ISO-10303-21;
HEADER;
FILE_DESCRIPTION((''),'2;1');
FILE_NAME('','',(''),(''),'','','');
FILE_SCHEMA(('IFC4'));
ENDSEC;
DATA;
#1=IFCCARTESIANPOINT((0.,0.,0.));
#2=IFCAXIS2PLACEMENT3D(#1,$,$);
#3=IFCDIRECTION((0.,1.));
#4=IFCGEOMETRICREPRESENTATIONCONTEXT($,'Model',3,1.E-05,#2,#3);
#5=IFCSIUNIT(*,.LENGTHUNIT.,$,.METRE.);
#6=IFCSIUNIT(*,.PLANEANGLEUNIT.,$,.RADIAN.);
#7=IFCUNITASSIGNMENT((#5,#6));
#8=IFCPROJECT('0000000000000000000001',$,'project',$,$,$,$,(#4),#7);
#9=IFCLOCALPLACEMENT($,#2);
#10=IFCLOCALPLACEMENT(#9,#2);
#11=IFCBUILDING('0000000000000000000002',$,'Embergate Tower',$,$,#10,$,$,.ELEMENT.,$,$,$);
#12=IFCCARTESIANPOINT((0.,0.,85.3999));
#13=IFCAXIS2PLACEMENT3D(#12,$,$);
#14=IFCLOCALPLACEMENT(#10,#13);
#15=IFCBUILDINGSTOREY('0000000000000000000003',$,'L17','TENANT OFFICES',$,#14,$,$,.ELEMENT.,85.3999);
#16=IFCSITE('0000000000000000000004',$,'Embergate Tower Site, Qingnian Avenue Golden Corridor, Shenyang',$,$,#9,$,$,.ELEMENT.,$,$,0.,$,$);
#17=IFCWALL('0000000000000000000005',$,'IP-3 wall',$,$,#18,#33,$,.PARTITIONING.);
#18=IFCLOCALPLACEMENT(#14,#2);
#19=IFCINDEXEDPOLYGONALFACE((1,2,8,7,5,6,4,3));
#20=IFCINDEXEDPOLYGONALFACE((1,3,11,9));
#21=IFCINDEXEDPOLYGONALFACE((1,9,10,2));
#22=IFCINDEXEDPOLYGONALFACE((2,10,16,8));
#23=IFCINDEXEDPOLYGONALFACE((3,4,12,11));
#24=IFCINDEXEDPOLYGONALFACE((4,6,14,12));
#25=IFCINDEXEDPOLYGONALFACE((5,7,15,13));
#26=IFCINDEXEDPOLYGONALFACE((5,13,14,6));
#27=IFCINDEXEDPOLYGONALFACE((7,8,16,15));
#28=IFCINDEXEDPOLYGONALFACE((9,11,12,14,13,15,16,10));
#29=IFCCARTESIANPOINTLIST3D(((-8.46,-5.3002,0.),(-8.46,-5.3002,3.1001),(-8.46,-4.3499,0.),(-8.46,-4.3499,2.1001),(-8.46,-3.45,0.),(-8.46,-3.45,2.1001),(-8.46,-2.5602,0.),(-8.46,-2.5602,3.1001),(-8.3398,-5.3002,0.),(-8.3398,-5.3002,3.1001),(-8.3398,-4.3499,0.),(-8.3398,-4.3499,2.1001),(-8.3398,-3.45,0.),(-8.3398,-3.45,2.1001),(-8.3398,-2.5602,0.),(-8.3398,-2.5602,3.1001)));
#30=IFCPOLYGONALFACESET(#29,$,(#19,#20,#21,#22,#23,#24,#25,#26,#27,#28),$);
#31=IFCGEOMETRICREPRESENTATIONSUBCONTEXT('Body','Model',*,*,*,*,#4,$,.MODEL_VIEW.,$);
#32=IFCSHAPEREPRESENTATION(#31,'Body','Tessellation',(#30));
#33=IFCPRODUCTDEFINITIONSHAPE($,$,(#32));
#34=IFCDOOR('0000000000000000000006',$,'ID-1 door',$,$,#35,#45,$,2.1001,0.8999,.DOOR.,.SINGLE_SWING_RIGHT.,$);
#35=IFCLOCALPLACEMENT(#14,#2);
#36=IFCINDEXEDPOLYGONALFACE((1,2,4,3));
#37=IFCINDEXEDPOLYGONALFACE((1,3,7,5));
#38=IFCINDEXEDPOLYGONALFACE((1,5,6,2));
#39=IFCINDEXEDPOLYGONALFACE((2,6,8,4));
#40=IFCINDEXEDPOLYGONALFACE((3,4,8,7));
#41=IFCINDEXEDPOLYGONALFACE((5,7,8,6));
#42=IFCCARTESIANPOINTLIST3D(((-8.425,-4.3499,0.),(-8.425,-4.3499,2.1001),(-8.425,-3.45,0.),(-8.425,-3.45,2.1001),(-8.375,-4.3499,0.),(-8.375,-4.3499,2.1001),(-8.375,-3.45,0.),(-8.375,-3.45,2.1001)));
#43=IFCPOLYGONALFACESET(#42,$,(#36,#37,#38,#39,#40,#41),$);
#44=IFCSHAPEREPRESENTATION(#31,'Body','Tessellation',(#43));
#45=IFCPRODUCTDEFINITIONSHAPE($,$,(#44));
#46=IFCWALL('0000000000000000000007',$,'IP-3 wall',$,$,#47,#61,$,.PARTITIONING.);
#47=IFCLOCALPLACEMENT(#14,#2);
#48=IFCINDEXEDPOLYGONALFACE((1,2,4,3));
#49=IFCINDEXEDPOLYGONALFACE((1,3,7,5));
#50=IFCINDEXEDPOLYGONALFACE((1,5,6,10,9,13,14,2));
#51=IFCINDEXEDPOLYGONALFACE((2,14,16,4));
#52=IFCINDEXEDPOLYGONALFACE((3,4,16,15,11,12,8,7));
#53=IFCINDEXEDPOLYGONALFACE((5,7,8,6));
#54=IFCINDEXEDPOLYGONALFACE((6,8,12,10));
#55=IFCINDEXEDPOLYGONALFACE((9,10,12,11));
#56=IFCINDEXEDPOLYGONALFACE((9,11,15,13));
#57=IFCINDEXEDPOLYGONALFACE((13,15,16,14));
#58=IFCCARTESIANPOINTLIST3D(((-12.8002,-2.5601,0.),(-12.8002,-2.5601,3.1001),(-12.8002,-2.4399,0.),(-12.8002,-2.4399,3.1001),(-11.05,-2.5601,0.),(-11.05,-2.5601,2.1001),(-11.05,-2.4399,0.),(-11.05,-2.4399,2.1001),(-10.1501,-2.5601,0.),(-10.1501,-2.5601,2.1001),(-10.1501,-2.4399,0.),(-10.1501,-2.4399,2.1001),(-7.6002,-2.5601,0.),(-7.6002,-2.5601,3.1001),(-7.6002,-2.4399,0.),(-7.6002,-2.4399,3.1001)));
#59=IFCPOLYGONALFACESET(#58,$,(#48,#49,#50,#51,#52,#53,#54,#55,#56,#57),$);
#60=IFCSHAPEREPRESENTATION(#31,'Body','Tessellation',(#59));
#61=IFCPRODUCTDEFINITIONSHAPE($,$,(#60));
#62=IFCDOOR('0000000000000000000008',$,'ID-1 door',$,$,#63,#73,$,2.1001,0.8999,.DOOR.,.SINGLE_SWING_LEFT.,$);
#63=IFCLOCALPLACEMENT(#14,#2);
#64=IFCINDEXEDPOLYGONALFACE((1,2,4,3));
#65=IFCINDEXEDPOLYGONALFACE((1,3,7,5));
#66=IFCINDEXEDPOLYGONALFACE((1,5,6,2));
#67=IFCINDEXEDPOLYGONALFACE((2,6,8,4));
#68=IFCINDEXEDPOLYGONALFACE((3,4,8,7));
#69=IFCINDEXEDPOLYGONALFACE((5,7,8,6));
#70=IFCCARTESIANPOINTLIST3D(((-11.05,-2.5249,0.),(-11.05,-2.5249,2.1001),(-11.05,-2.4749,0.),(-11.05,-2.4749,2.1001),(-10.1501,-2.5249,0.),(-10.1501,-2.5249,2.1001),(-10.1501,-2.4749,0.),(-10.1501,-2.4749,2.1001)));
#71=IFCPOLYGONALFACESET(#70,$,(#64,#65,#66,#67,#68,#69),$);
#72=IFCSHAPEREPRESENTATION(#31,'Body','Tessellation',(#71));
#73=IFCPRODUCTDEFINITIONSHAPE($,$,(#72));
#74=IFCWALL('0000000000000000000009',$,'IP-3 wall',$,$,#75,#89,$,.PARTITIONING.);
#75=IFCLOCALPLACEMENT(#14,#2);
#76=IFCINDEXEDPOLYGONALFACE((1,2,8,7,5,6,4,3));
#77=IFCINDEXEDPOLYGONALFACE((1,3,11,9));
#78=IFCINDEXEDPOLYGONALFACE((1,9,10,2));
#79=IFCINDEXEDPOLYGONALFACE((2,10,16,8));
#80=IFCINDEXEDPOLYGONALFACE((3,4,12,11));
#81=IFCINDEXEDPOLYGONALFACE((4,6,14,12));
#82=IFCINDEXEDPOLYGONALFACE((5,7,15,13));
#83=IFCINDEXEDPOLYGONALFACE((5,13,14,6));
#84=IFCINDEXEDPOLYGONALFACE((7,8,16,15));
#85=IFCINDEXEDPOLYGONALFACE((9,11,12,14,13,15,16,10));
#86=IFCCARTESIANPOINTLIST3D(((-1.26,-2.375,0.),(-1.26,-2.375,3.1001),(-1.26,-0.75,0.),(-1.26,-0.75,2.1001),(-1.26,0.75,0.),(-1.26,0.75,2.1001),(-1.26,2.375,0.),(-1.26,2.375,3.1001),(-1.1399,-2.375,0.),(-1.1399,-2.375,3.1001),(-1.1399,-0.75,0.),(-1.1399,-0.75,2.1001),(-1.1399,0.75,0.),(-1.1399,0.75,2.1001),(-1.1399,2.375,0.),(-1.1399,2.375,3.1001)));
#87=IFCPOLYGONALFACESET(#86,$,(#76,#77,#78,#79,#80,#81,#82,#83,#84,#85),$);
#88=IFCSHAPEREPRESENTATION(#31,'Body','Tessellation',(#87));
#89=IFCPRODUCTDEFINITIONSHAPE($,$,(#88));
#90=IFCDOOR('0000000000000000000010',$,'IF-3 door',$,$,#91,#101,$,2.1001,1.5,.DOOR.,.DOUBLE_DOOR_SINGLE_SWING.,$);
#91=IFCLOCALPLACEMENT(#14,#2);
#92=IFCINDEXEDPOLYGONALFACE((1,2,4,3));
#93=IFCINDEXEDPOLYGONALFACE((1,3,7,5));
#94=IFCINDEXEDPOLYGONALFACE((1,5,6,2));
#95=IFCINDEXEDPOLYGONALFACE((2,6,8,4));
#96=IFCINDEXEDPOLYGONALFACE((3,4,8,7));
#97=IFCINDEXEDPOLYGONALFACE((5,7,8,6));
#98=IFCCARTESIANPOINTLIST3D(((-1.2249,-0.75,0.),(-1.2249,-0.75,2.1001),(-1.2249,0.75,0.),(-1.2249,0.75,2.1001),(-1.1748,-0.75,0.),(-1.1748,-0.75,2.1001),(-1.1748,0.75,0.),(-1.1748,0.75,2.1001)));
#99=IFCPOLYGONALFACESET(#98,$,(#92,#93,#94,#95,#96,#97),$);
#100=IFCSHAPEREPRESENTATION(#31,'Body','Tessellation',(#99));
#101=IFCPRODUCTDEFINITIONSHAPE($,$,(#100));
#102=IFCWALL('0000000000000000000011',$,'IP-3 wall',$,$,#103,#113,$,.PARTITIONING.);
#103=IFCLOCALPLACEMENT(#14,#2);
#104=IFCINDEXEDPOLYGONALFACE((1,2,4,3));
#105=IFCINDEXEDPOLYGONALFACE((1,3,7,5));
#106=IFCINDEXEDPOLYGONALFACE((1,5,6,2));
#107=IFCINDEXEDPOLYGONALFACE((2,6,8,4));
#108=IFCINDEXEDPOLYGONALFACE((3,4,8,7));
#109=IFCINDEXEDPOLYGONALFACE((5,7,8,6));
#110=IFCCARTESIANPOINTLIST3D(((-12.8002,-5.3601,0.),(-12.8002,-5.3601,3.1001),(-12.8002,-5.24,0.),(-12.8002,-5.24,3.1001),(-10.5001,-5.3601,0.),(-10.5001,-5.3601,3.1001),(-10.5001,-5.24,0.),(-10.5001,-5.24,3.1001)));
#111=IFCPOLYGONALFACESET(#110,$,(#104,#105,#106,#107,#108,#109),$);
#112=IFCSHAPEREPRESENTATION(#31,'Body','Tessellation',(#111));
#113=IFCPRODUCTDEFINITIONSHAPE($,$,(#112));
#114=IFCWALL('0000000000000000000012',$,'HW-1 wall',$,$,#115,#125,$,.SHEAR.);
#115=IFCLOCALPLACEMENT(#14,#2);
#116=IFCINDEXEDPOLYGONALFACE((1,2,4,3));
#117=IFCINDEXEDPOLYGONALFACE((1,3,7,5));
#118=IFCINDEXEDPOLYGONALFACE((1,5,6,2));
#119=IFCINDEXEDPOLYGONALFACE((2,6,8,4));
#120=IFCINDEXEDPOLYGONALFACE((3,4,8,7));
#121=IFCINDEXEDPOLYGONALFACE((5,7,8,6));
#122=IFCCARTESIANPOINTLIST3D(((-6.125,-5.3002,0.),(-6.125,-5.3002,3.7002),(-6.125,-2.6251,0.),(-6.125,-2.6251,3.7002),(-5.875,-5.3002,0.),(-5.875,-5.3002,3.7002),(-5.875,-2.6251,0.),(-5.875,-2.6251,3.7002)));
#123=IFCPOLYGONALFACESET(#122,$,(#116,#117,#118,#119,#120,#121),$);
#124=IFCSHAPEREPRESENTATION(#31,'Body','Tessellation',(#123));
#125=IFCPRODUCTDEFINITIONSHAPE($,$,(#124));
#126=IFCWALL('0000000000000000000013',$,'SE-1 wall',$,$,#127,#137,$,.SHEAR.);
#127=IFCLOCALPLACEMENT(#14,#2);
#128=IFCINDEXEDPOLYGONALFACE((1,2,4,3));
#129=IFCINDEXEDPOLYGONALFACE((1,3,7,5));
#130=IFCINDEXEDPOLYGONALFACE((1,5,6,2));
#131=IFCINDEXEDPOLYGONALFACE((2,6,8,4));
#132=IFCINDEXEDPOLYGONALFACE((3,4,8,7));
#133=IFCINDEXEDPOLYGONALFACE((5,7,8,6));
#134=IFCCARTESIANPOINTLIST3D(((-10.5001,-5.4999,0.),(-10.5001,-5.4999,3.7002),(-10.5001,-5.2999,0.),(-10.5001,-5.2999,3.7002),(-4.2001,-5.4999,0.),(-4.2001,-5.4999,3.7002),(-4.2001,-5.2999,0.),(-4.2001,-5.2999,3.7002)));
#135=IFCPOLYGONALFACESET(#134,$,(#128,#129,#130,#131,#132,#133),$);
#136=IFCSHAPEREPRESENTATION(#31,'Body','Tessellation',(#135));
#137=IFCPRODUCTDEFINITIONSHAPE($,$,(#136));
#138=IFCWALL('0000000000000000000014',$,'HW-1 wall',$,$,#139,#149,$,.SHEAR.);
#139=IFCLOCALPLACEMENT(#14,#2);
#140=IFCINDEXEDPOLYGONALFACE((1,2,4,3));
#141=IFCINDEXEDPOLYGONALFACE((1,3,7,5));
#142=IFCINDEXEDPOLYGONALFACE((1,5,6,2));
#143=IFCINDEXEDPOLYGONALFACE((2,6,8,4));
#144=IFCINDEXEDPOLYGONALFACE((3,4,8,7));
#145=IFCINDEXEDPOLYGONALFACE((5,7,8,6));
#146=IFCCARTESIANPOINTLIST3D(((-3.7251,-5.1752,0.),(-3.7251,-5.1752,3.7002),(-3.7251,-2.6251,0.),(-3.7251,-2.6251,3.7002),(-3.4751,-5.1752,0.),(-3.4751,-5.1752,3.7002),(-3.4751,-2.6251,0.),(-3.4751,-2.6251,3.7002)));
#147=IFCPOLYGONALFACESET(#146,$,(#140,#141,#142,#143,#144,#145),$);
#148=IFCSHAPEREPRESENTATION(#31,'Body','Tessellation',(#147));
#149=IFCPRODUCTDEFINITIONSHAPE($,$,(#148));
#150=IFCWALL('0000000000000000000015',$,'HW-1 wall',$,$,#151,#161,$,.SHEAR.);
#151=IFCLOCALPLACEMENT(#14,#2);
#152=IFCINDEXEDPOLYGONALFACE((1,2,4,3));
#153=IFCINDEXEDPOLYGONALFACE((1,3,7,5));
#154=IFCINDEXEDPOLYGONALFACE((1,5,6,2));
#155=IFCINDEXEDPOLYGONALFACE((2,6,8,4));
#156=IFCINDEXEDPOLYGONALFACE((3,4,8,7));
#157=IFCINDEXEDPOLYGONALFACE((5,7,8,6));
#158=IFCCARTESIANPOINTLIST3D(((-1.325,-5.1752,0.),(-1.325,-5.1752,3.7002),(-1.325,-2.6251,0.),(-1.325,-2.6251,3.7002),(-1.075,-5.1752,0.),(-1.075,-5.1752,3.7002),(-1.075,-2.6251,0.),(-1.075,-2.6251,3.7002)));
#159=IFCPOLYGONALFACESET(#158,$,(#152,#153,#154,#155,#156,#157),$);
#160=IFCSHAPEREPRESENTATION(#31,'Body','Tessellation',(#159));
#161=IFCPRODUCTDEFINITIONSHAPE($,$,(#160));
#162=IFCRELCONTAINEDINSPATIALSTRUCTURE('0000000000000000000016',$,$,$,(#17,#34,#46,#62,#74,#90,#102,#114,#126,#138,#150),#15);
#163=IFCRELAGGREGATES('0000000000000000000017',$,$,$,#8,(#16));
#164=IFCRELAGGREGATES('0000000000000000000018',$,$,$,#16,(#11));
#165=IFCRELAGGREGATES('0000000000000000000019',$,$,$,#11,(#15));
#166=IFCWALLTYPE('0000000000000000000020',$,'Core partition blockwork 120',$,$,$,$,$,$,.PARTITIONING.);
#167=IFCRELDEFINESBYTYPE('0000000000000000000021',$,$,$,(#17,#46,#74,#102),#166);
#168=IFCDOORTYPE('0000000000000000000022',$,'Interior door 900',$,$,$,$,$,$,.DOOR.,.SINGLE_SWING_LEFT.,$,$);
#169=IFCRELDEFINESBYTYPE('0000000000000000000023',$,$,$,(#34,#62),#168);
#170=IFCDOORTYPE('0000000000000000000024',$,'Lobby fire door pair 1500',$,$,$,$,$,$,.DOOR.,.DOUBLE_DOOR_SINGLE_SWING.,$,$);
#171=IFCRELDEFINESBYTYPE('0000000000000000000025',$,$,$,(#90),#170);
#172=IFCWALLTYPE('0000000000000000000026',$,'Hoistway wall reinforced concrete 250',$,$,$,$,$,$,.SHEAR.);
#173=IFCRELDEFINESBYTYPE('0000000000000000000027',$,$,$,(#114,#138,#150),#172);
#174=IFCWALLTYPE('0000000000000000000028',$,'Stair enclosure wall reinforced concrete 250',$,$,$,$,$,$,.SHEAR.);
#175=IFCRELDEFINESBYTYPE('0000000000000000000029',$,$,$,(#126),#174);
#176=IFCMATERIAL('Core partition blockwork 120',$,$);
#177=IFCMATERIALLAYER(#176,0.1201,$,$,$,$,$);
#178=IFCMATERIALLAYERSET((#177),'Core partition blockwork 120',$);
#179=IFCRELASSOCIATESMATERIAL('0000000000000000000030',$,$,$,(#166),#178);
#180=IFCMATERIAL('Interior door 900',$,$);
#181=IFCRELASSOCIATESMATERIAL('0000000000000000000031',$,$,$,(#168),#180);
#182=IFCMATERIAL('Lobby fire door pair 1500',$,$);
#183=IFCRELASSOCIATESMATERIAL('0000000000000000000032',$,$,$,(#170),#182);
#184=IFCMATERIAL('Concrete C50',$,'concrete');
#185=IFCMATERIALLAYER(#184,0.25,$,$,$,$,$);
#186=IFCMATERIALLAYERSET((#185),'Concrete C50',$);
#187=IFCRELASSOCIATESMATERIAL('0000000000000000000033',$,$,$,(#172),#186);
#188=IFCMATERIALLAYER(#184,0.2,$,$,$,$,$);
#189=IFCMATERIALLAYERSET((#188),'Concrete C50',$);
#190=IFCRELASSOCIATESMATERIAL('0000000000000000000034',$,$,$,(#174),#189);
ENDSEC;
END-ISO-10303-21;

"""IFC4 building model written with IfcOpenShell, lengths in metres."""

from ifc_helpers import new_model, si_unit, direction, frame, frame_2d, origin, place, context, subcontext, project, spatial, rectangle, extrude, source, transform, mapped, material, layer, layer_set, type_object, element, fill, save


model = new_model("IFC4")

# Units and contexts
model_context = context("Model", 3, precision=1e-05, world=origin(), true_north=direction((0.0, 1.0)))
body_context = subcontext(model_context, "Body", "Model", "MODEL_VIEW")
ifc_project = project(units=[si_unit("LENGTHUNIT", "METRE"), si_unit("PLANEANGLEUNIT", "RADIAN")], contexts=[model_context])

# Site, building, storey
site_placement = place(None, origin())
site = spatial("IfcSite", under=ifc_project, at=site_placement, Name="Embergate Tower Site, Qingnian Avenue Golden Corridor, Shenyang", CompositionType="ELEMENT", RefElevation=0.0)
building_placement = place(site_placement, origin())
building = spatial("IfcBuilding", under=site, at=building_placement, Name="Embergate Tower", CompositionType="ELEMENT")
storey_placement = place(building_placement, frame((0.0, 0.0, 85.3999)))
storey = spatial("IfcBuildingStorey", under=building, at=storey_placement, Name="L17", Description="TENANT OFFICES", CompositionType="ELEMENT", Elevation=85.3999)

# Walls, openings, doors
ifc_material_1 = material(Name="Core partition blockwork 120")
ifc_layer_1 = layer(ifc_material_1, 0.1201)
ifc_layer_set_1 = layer_set([ifc_layer_1], Name="Core partition blockwork 120")
wall_type_1 = type_object("IfcWallType", Name="Core partition blockwork 120", PredefinedType="PARTITIONING", material=ifc_layer_set_1)
shared_shape_1 = source(origin(), body_context, "Body", "SweptSolid", [
    extrude(rectangle(XDim=2.74, YDim=0.1201, at=frame_2d((1.3701, 0.0))), origin(), (0.0, 0.0, 1.0), 3.1001),
])
wall_1_placement = place(storey_placement, frame((-8.3999, -2.5601, 0.0), z_axis=(0.0, 0.0, 1.0), x_axis=(0.0, -1.0, 0.0)))
wall_1 = element("IfcWall", 1, at=wall_1_placement, inside=storey, type_object=wall_type_1, Name="IP-3 wall", PredefinedType="PARTITIONING", context=body_context, shape_type="MappedRepresentation", body=[
    mapped(shared_shape_1, transform((0.0, 0.0, 0.0))),
])
shared_shape_2 = source(origin(), body_context, "Body", "SweptSolid", [
    extrude(rectangle(XDim=0.8999, YDim=2.1001, at=frame_2d((0.45, 1.05))), frame((0.0, 0.0701, 0.0), z_axis=(0.0, -1.0, 0.0), x_axis=(1.0, 0.0, 0.0)), (0.0, 0.0, 1.0), 0.1401),
])
opening_1_placement = place(wall_1_placement, frame((0.8899, 0.0, 0.0)))
opening_1 = element("IfcOpeningElement", 2, at=opening_1_placement, cuts=wall_1, PredefinedType="OPENING", context=body_context, shape_type="MappedRepresentation", body=[
    mapped(shared_shape_2, transform((0.0, 0.0, 0.0))),
])
ifc_material_2 = material(Name="Interior door 900")
door_type_1 = type_object("IfcDoorType", Name="Interior door 900", OperationType="SINGLE_SWING_LEFT", PredefinedType="DOOR", material=ifc_material_2)
shared_shape_3 = source(origin(), body_context, "Body", "SweptSolid", [
    extrude(rectangle(XDim=0.8999, YDim=2.1001, at=frame_2d((0.45, 1.05))), frame((0.0, 0.0249, 0.0), z_axis=(0.0, -1.0, 0.0), x_axis=(1.0, 0.0, 0.0)), (0.0, 0.0, 1.0), 0.05),
])
door_1_placement = place(opening_1_placement, origin())
door_1 = element("IfcDoor", 3, at=door_1_placement, inside=storey, type_object=door_type_1, Name="ID-1 door", OperationType="SINGLE_SWING_RIGHT", OverallHeight=2.1001, OverallWidth=0.8999, PredefinedType="DOOR", context=body_context, shape_type="MappedRepresentation", body=[
    mapped(shared_shape_3, transform((0.0, 0.0, 0.0))),
])
fill(opening_1, door_1)
shared_shape_4 = source(origin(), body_context, "Body", "SweptSolid", [
    extrude(rectangle(XDim=5.2, YDim=0.1201, at=frame_2d((2.6001, 0.0))), origin(), (0.0, 0.0, 1.0), 3.1001),
])
wall_2_placement = place(storey_placement, frame((-7.6001, -2.5, 0.0), z_axis=(0.0, 0.0, 1.0), x_axis=(-1.0, 0.0, 0.0)))
wall_2 = element("IfcWall", 4, at=wall_2_placement, inside=storey, type_object=wall_type_1, Name="IP-3 wall", PredefinedType="PARTITIONING", context=body_context, shape_type="MappedRepresentation", body=[
    mapped(shared_shape_4, transform((0.0, 0.0, 0.0))),
])
opening_2_placement = place(wall_2_placement, frame((2.55, 0.0, 0.0)))
opening_2 = element("IfcOpeningElement", 5, at=opening_2_placement, cuts=wall_2, PredefinedType="OPENING", context=body_context, shape_type="MappedRepresentation", body=[
    mapped(shared_shape_2, transform((0.0, 0.0, 0.0))),
])
door_2_placement = place(opening_2_placement, origin())
door_2 = element("IfcDoor", 6, at=door_2_placement, inside=storey, type_object=door_type_1, Name="ID-1 door", OperationType="SINGLE_SWING_LEFT", OverallHeight=2.1001, OverallWidth=0.8999, PredefinedType="DOOR", context=body_context, shape_type="MappedRepresentation", body=[
    mapped(shared_shape_3, transform((0.0, 0.0, 0.0))),
])
fill(opening_2, door_2)
shared_shape_5 = source(origin(), body_context, "Body", "SweptSolid", [
    extrude(rectangle(XDim=4.75, YDim=0.1201, at=frame_2d((2.375, 0.0))), origin(), (0.0, 0.0, 1.0), 3.1001),
])
wall_3_placement = place(storey_placement, frame((-1.2, -2.375, 0.0), z_axis=(0.0, 0.0, 1.0), x_axis=(0.0, 1.0, 0.0)))
wall_3 = element("IfcWall", 7, at=wall_3_placement, inside=storey, type_object=wall_type_1, Name="IP-3 wall", PredefinedType="PARTITIONING", context=body_context, shape_type="MappedRepresentation", body=[
    mapped(shared_shape_5, transform((0.0, 0.0, 0.0))),
])
shared_shape_6 = source(origin(), body_context, "Body", "SweptSolid", [
    extrude(rectangle(XDim=1.5, YDim=2.1001, at=frame_2d((0.75, 1.05))), frame((0.0, 0.0701, 0.0), z_axis=(0.0, -1.0, 0.0), x_axis=(1.0, 0.0, 0.0)), (0.0, 0.0, 1.0), 0.1401),
])
opening_3_placement = place(wall_3_placement, frame((1.625, 0.0, 0.0)))
opening_3 = element("IfcOpeningElement", 8, at=opening_3_placement, cuts=wall_3, PredefinedType="OPENING", context=body_context, shape_type="MappedRepresentation", body=[
    mapped(shared_shape_6, transform((0.0, 0.0, 0.0))),
])
ifc_material_3 = material(Name="Lobby fire door pair 1500")
door_type_2 = type_object("IfcDoorType", Name="Lobby fire door pair 1500", OperationType="DOUBLE_DOOR_SINGLE_SWING", PredefinedType="DOOR", material=ifc_material_3)
shared_shape_7 = source(origin(), body_context, "Body", "SweptSolid", [
    extrude(rectangle(XDim=1.5, YDim=2.1001, at=frame_2d((0.75, 1.05))), frame((0.0, 0.0249, 0.0), z_axis=(0.0, -1.0, 0.0), x_axis=(1.0, 0.0, 0.0)), (0.0, 0.0, 1.0), 0.05),
])
door_3_placement = place(opening_3_placement, origin())
door_3 = element("IfcDoor", 9, at=door_3_placement, inside=storey, type_object=door_type_2, Name="IF-3 door", OperationType="DOUBLE_DOOR_SINGLE_SWING", OverallHeight=2.1001, OverallWidth=1.5, PredefinedType="DOOR", context=body_context, shape_type="MappedRepresentation", body=[
    mapped(shared_shape_7, transform((0.0, 0.0, 0.0))),
])
fill(opening_3, door_3)

# Walls
shared_shape_8 = source(origin(), body_context, "Body", "SweptSolid", [
    extrude(rectangle(XDim=2.3, YDim=0.1201, at=frame_2d((1.1499, 0.0))), origin(), (0.0, 0.0, 1.0), 3.1001),
])
wall_4_placement = place(storey_placement, frame((-12.8, -5.3, 0.0), z_axis=(0.0, 0.0, 1.0), x_axis=(1.0, 0.0, 0.0)))
element("IfcWall", 10, at=wall_4_placement, inside=storey, type_object=wall_type_1, Name="IP-3 wall", PredefinedType="PARTITIONING", context=body_context, shape_type="MappedRepresentation", body=[
    mapped(shared_shape_8, transform((0.0, 0.0, 0.0))),
])
ifc_material_4 = material(Name="Concrete C50", Category="concrete")
ifc_layer_2 = layer(ifc_material_4, 0.25)
ifc_layer_set_2 = layer_set([ifc_layer_2], Name="Concrete C50")
wall_type_2 = type_object("IfcWallType", Name="Hoistway wall reinforced concrete 250", PredefinedType="SHEAR", material=ifc_layer_set_2)
shared_shape_9 = source(origin(), body_context, "Body", "SweptSolid", [
    extrude(rectangle(XDim=2.675, YDim=0.25, at=frame_2d((1.3374, 0.0))), origin(), (0.0, 0.0, 1.0), 3.7002),
])
wall_5_placement = place(storey_placement, frame((-6.0, -5.3, 0.0), z_axis=(0.0, 0.0, 1.0), x_axis=(0.0, 1.0, 0.0)))
element("IfcWall", 11, at=wall_5_placement, inside=storey, type_object=wall_type_2, Name="HW-1 wall", PredefinedType="SHEAR", context=body_context, shape_type="MappedRepresentation", body=[
    mapped(shared_shape_9, transform((0.0, 0.0, 0.0))),
])
ifc_layer_3 = layer(ifc_material_4, 0.2)
ifc_layer_set_3 = layer_set([ifc_layer_3], Name="Concrete C50")
wall_type_3 = type_object("IfcWallType", Name="Stair enclosure wall reinforced concrete 250", PredefinedType="SHEAR", material=ifc_layer_set_3)
shared_shape_10 = source(origin(), body_context, "Body", "SweptSolid", [
    extrude(rectangle(XDim=6.3, YDim=0.2, at=frame_2d((3.1499, 0.0))), origin(), (0.0, 0.0, 1.0), 3.7002),
])
wall_6_placement = place(storey_placement, frame((-10.5, -5.3999, 0.0), z_axis=(0.0, 0.0, 1.0), x_axis=(1.0, 0.0, 0.0)))
element("IfcWall", 12, at=wall_6_placement, inside=storey, type_object=wall_type_3, Name="SE-1 wall", PredefinedType="SHEAR", context=body_context, shape_type="MappedRepresentation", body=[
    mapped(shared_shape_10, transform((0.0, 0.0, 0.0))),
])
shared_shape_11 = source(origin(), body_context, "Body", "SweptSolid", [
    extrude(rectangle(XDim=2.55, YDim=0.25, at=frame_2d((1.2749, 0.0))), origin(), (0.0, 0.0, 1.0), 3.7002),
])
for number, where, z_axis, x_axis, name in (
    (13, (-3.6001, -5.175, 0.0), (0.0, 0.0, 1.0), (0.0, 1.0, 0.0), "HW-1 wall"),
    (14, (-1.2, -5.175, 0.0), (0.0, 0.0, 1.0), (0.0, 1.0, 0.0), "HW-1 wall"),
):
    element("IfcWall", number, at=place(storey_placement, frame(where, z_axis=z_axis, x_axis=x_axis)), inside=storey, type_object=wall_type_2, Name=name, PredefinedType="SHEAR", context=body_context, shape_type="MappedRepresentation", body=[
        mapped(shared_shape_11, transform((0.0, 0.0, 0.0))),
    ])

save(model, "model.ifc")
